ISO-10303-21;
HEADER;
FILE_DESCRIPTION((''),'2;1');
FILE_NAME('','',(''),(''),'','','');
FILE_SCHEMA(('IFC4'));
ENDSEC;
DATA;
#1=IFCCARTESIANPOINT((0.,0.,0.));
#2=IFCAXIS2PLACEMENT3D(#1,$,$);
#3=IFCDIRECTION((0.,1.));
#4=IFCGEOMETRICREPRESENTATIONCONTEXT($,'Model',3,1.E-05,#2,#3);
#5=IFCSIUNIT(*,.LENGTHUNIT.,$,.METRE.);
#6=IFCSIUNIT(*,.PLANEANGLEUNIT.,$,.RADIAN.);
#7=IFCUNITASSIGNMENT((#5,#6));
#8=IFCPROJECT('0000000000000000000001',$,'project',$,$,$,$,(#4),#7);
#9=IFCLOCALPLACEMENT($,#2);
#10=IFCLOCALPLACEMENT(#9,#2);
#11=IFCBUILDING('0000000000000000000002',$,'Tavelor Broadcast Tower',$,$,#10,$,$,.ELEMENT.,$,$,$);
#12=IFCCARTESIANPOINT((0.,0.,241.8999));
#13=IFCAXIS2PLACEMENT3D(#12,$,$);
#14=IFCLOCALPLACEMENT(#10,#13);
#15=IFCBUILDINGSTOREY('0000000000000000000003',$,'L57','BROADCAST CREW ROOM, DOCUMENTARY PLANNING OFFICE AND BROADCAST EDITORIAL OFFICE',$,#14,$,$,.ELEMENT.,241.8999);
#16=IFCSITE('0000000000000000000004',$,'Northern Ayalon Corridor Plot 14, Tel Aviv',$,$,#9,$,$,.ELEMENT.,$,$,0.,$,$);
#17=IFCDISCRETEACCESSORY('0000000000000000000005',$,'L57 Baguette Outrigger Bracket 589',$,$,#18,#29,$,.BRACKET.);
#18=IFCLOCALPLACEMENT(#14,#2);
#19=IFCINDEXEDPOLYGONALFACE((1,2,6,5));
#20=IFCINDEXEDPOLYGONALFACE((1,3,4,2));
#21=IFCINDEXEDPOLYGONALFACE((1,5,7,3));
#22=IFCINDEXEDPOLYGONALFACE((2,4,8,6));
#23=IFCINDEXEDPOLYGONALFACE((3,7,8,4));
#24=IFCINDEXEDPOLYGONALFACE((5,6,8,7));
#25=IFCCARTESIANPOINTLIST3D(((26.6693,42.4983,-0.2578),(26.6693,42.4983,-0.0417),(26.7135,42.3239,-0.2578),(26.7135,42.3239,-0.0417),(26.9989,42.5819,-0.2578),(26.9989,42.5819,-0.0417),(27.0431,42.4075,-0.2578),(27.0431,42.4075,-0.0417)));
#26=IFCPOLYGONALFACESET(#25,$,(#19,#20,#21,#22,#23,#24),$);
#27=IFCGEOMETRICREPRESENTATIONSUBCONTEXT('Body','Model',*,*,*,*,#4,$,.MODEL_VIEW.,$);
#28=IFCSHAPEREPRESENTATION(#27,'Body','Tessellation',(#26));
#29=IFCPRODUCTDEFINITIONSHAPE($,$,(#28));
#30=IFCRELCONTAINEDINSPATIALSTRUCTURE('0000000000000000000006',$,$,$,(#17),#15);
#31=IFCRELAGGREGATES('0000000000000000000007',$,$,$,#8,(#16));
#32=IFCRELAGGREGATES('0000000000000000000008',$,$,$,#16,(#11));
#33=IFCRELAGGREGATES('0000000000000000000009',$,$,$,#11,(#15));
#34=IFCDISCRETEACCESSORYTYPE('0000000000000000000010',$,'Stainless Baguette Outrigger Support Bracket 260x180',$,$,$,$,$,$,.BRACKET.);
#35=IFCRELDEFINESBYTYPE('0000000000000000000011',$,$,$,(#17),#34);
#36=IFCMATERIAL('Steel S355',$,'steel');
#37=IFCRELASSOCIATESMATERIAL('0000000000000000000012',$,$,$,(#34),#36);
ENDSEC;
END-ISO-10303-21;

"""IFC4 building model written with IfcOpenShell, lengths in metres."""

from ifc_helpers import new_model, si_unit, direction, frame, origin, origin_2d, place, context, subcontext, project, spatial, rectangle, extrude, source, transform, mapped, material, type_object, type_shapes, element, save


model = new_model("IFC4")

# Units and contexts
model_context = context("Model", 3, precision=1e-05, world=origin(), true_north=direction((0.0, 1.0)))
body_context = subcontext(model_context, "Body", "Model", "MODEL_VIEW")
ifc_project = project(units=[si_unit("LENGTHUNIT", "METRE"), si_unit("PLANEANGLEUNIT", "RADIAN")], contexts=[model_context])

# Site, building, storey
site_placement = place(None, origin())
site = spatial("IfcSite", under=ifc_project, at=site_placement, Name="Northern Ayalon Corridor Plot 14, Tel Aviv", CompositionType="ELEMENT", RefElevation=0.0)
building_placement = place(site_placement, origin())
building = spatial("IfcBuilding", under=site, at=building_placement, Name="Tavelor Broadcast Tower", CompositionType="ELEMENT")
storey_placement = place(building_placement, frame((0.0, 0.0, 241.8999)))
storey = spatial("IfcBuildingStorey", under=building, at=storey_placement, Name="L57", Description="BROADCAST CREW ROOM, DOCUMENTARY PLANNING OFFICE AND BROADCAST EDITORIAL OFFICE", CompositionType="ELEMENT", Elevation=241.8999)

# Shared definitions
ifc_material_1 = material(Name="Steel S355", Category="steel")

# Discrete accessory
discrete_accessory_type = type_object("IfcDiscreteAccessoryType", Name="Stainless Baguette Outrigger Support Bracket 260x180", PredefinedType="BRACKET", material=ifc_material_1)
shared_shape_1 = source(origin(), body_context, "Body", "SweptSolid", [
    extrude(rectangle(XDim=0.1799, YDim=0.3401, at=origin_2d()), origin(), (0.0, 0.0, 1.0), 0.2161),
])
type_shapes(discrete_accessory_type, [shared_shape_1])
discrete_accessory_placement = place(storey_placement, frame((26.8562, 42.4529, -0.2578), z_axis=(0.0, 0.0, 1.0), x_axis=(0.245815, -0.969317, 0.0)))
element("IfcDiscreteAccessory", 1, at=discrete_accessory_placement, inside=storey, type_object=discrete_accessory_type, Name="L57 Baguette Outrigger Bracket 589", PredefinedType="BRACKET", context=body_context, shape_type="MappedRepresentation", body=[
    mapped(shared_shape_1, transform((0.0, 0.0, 0.0), scale=1.0)),
])

save(model, "model.ifc")
